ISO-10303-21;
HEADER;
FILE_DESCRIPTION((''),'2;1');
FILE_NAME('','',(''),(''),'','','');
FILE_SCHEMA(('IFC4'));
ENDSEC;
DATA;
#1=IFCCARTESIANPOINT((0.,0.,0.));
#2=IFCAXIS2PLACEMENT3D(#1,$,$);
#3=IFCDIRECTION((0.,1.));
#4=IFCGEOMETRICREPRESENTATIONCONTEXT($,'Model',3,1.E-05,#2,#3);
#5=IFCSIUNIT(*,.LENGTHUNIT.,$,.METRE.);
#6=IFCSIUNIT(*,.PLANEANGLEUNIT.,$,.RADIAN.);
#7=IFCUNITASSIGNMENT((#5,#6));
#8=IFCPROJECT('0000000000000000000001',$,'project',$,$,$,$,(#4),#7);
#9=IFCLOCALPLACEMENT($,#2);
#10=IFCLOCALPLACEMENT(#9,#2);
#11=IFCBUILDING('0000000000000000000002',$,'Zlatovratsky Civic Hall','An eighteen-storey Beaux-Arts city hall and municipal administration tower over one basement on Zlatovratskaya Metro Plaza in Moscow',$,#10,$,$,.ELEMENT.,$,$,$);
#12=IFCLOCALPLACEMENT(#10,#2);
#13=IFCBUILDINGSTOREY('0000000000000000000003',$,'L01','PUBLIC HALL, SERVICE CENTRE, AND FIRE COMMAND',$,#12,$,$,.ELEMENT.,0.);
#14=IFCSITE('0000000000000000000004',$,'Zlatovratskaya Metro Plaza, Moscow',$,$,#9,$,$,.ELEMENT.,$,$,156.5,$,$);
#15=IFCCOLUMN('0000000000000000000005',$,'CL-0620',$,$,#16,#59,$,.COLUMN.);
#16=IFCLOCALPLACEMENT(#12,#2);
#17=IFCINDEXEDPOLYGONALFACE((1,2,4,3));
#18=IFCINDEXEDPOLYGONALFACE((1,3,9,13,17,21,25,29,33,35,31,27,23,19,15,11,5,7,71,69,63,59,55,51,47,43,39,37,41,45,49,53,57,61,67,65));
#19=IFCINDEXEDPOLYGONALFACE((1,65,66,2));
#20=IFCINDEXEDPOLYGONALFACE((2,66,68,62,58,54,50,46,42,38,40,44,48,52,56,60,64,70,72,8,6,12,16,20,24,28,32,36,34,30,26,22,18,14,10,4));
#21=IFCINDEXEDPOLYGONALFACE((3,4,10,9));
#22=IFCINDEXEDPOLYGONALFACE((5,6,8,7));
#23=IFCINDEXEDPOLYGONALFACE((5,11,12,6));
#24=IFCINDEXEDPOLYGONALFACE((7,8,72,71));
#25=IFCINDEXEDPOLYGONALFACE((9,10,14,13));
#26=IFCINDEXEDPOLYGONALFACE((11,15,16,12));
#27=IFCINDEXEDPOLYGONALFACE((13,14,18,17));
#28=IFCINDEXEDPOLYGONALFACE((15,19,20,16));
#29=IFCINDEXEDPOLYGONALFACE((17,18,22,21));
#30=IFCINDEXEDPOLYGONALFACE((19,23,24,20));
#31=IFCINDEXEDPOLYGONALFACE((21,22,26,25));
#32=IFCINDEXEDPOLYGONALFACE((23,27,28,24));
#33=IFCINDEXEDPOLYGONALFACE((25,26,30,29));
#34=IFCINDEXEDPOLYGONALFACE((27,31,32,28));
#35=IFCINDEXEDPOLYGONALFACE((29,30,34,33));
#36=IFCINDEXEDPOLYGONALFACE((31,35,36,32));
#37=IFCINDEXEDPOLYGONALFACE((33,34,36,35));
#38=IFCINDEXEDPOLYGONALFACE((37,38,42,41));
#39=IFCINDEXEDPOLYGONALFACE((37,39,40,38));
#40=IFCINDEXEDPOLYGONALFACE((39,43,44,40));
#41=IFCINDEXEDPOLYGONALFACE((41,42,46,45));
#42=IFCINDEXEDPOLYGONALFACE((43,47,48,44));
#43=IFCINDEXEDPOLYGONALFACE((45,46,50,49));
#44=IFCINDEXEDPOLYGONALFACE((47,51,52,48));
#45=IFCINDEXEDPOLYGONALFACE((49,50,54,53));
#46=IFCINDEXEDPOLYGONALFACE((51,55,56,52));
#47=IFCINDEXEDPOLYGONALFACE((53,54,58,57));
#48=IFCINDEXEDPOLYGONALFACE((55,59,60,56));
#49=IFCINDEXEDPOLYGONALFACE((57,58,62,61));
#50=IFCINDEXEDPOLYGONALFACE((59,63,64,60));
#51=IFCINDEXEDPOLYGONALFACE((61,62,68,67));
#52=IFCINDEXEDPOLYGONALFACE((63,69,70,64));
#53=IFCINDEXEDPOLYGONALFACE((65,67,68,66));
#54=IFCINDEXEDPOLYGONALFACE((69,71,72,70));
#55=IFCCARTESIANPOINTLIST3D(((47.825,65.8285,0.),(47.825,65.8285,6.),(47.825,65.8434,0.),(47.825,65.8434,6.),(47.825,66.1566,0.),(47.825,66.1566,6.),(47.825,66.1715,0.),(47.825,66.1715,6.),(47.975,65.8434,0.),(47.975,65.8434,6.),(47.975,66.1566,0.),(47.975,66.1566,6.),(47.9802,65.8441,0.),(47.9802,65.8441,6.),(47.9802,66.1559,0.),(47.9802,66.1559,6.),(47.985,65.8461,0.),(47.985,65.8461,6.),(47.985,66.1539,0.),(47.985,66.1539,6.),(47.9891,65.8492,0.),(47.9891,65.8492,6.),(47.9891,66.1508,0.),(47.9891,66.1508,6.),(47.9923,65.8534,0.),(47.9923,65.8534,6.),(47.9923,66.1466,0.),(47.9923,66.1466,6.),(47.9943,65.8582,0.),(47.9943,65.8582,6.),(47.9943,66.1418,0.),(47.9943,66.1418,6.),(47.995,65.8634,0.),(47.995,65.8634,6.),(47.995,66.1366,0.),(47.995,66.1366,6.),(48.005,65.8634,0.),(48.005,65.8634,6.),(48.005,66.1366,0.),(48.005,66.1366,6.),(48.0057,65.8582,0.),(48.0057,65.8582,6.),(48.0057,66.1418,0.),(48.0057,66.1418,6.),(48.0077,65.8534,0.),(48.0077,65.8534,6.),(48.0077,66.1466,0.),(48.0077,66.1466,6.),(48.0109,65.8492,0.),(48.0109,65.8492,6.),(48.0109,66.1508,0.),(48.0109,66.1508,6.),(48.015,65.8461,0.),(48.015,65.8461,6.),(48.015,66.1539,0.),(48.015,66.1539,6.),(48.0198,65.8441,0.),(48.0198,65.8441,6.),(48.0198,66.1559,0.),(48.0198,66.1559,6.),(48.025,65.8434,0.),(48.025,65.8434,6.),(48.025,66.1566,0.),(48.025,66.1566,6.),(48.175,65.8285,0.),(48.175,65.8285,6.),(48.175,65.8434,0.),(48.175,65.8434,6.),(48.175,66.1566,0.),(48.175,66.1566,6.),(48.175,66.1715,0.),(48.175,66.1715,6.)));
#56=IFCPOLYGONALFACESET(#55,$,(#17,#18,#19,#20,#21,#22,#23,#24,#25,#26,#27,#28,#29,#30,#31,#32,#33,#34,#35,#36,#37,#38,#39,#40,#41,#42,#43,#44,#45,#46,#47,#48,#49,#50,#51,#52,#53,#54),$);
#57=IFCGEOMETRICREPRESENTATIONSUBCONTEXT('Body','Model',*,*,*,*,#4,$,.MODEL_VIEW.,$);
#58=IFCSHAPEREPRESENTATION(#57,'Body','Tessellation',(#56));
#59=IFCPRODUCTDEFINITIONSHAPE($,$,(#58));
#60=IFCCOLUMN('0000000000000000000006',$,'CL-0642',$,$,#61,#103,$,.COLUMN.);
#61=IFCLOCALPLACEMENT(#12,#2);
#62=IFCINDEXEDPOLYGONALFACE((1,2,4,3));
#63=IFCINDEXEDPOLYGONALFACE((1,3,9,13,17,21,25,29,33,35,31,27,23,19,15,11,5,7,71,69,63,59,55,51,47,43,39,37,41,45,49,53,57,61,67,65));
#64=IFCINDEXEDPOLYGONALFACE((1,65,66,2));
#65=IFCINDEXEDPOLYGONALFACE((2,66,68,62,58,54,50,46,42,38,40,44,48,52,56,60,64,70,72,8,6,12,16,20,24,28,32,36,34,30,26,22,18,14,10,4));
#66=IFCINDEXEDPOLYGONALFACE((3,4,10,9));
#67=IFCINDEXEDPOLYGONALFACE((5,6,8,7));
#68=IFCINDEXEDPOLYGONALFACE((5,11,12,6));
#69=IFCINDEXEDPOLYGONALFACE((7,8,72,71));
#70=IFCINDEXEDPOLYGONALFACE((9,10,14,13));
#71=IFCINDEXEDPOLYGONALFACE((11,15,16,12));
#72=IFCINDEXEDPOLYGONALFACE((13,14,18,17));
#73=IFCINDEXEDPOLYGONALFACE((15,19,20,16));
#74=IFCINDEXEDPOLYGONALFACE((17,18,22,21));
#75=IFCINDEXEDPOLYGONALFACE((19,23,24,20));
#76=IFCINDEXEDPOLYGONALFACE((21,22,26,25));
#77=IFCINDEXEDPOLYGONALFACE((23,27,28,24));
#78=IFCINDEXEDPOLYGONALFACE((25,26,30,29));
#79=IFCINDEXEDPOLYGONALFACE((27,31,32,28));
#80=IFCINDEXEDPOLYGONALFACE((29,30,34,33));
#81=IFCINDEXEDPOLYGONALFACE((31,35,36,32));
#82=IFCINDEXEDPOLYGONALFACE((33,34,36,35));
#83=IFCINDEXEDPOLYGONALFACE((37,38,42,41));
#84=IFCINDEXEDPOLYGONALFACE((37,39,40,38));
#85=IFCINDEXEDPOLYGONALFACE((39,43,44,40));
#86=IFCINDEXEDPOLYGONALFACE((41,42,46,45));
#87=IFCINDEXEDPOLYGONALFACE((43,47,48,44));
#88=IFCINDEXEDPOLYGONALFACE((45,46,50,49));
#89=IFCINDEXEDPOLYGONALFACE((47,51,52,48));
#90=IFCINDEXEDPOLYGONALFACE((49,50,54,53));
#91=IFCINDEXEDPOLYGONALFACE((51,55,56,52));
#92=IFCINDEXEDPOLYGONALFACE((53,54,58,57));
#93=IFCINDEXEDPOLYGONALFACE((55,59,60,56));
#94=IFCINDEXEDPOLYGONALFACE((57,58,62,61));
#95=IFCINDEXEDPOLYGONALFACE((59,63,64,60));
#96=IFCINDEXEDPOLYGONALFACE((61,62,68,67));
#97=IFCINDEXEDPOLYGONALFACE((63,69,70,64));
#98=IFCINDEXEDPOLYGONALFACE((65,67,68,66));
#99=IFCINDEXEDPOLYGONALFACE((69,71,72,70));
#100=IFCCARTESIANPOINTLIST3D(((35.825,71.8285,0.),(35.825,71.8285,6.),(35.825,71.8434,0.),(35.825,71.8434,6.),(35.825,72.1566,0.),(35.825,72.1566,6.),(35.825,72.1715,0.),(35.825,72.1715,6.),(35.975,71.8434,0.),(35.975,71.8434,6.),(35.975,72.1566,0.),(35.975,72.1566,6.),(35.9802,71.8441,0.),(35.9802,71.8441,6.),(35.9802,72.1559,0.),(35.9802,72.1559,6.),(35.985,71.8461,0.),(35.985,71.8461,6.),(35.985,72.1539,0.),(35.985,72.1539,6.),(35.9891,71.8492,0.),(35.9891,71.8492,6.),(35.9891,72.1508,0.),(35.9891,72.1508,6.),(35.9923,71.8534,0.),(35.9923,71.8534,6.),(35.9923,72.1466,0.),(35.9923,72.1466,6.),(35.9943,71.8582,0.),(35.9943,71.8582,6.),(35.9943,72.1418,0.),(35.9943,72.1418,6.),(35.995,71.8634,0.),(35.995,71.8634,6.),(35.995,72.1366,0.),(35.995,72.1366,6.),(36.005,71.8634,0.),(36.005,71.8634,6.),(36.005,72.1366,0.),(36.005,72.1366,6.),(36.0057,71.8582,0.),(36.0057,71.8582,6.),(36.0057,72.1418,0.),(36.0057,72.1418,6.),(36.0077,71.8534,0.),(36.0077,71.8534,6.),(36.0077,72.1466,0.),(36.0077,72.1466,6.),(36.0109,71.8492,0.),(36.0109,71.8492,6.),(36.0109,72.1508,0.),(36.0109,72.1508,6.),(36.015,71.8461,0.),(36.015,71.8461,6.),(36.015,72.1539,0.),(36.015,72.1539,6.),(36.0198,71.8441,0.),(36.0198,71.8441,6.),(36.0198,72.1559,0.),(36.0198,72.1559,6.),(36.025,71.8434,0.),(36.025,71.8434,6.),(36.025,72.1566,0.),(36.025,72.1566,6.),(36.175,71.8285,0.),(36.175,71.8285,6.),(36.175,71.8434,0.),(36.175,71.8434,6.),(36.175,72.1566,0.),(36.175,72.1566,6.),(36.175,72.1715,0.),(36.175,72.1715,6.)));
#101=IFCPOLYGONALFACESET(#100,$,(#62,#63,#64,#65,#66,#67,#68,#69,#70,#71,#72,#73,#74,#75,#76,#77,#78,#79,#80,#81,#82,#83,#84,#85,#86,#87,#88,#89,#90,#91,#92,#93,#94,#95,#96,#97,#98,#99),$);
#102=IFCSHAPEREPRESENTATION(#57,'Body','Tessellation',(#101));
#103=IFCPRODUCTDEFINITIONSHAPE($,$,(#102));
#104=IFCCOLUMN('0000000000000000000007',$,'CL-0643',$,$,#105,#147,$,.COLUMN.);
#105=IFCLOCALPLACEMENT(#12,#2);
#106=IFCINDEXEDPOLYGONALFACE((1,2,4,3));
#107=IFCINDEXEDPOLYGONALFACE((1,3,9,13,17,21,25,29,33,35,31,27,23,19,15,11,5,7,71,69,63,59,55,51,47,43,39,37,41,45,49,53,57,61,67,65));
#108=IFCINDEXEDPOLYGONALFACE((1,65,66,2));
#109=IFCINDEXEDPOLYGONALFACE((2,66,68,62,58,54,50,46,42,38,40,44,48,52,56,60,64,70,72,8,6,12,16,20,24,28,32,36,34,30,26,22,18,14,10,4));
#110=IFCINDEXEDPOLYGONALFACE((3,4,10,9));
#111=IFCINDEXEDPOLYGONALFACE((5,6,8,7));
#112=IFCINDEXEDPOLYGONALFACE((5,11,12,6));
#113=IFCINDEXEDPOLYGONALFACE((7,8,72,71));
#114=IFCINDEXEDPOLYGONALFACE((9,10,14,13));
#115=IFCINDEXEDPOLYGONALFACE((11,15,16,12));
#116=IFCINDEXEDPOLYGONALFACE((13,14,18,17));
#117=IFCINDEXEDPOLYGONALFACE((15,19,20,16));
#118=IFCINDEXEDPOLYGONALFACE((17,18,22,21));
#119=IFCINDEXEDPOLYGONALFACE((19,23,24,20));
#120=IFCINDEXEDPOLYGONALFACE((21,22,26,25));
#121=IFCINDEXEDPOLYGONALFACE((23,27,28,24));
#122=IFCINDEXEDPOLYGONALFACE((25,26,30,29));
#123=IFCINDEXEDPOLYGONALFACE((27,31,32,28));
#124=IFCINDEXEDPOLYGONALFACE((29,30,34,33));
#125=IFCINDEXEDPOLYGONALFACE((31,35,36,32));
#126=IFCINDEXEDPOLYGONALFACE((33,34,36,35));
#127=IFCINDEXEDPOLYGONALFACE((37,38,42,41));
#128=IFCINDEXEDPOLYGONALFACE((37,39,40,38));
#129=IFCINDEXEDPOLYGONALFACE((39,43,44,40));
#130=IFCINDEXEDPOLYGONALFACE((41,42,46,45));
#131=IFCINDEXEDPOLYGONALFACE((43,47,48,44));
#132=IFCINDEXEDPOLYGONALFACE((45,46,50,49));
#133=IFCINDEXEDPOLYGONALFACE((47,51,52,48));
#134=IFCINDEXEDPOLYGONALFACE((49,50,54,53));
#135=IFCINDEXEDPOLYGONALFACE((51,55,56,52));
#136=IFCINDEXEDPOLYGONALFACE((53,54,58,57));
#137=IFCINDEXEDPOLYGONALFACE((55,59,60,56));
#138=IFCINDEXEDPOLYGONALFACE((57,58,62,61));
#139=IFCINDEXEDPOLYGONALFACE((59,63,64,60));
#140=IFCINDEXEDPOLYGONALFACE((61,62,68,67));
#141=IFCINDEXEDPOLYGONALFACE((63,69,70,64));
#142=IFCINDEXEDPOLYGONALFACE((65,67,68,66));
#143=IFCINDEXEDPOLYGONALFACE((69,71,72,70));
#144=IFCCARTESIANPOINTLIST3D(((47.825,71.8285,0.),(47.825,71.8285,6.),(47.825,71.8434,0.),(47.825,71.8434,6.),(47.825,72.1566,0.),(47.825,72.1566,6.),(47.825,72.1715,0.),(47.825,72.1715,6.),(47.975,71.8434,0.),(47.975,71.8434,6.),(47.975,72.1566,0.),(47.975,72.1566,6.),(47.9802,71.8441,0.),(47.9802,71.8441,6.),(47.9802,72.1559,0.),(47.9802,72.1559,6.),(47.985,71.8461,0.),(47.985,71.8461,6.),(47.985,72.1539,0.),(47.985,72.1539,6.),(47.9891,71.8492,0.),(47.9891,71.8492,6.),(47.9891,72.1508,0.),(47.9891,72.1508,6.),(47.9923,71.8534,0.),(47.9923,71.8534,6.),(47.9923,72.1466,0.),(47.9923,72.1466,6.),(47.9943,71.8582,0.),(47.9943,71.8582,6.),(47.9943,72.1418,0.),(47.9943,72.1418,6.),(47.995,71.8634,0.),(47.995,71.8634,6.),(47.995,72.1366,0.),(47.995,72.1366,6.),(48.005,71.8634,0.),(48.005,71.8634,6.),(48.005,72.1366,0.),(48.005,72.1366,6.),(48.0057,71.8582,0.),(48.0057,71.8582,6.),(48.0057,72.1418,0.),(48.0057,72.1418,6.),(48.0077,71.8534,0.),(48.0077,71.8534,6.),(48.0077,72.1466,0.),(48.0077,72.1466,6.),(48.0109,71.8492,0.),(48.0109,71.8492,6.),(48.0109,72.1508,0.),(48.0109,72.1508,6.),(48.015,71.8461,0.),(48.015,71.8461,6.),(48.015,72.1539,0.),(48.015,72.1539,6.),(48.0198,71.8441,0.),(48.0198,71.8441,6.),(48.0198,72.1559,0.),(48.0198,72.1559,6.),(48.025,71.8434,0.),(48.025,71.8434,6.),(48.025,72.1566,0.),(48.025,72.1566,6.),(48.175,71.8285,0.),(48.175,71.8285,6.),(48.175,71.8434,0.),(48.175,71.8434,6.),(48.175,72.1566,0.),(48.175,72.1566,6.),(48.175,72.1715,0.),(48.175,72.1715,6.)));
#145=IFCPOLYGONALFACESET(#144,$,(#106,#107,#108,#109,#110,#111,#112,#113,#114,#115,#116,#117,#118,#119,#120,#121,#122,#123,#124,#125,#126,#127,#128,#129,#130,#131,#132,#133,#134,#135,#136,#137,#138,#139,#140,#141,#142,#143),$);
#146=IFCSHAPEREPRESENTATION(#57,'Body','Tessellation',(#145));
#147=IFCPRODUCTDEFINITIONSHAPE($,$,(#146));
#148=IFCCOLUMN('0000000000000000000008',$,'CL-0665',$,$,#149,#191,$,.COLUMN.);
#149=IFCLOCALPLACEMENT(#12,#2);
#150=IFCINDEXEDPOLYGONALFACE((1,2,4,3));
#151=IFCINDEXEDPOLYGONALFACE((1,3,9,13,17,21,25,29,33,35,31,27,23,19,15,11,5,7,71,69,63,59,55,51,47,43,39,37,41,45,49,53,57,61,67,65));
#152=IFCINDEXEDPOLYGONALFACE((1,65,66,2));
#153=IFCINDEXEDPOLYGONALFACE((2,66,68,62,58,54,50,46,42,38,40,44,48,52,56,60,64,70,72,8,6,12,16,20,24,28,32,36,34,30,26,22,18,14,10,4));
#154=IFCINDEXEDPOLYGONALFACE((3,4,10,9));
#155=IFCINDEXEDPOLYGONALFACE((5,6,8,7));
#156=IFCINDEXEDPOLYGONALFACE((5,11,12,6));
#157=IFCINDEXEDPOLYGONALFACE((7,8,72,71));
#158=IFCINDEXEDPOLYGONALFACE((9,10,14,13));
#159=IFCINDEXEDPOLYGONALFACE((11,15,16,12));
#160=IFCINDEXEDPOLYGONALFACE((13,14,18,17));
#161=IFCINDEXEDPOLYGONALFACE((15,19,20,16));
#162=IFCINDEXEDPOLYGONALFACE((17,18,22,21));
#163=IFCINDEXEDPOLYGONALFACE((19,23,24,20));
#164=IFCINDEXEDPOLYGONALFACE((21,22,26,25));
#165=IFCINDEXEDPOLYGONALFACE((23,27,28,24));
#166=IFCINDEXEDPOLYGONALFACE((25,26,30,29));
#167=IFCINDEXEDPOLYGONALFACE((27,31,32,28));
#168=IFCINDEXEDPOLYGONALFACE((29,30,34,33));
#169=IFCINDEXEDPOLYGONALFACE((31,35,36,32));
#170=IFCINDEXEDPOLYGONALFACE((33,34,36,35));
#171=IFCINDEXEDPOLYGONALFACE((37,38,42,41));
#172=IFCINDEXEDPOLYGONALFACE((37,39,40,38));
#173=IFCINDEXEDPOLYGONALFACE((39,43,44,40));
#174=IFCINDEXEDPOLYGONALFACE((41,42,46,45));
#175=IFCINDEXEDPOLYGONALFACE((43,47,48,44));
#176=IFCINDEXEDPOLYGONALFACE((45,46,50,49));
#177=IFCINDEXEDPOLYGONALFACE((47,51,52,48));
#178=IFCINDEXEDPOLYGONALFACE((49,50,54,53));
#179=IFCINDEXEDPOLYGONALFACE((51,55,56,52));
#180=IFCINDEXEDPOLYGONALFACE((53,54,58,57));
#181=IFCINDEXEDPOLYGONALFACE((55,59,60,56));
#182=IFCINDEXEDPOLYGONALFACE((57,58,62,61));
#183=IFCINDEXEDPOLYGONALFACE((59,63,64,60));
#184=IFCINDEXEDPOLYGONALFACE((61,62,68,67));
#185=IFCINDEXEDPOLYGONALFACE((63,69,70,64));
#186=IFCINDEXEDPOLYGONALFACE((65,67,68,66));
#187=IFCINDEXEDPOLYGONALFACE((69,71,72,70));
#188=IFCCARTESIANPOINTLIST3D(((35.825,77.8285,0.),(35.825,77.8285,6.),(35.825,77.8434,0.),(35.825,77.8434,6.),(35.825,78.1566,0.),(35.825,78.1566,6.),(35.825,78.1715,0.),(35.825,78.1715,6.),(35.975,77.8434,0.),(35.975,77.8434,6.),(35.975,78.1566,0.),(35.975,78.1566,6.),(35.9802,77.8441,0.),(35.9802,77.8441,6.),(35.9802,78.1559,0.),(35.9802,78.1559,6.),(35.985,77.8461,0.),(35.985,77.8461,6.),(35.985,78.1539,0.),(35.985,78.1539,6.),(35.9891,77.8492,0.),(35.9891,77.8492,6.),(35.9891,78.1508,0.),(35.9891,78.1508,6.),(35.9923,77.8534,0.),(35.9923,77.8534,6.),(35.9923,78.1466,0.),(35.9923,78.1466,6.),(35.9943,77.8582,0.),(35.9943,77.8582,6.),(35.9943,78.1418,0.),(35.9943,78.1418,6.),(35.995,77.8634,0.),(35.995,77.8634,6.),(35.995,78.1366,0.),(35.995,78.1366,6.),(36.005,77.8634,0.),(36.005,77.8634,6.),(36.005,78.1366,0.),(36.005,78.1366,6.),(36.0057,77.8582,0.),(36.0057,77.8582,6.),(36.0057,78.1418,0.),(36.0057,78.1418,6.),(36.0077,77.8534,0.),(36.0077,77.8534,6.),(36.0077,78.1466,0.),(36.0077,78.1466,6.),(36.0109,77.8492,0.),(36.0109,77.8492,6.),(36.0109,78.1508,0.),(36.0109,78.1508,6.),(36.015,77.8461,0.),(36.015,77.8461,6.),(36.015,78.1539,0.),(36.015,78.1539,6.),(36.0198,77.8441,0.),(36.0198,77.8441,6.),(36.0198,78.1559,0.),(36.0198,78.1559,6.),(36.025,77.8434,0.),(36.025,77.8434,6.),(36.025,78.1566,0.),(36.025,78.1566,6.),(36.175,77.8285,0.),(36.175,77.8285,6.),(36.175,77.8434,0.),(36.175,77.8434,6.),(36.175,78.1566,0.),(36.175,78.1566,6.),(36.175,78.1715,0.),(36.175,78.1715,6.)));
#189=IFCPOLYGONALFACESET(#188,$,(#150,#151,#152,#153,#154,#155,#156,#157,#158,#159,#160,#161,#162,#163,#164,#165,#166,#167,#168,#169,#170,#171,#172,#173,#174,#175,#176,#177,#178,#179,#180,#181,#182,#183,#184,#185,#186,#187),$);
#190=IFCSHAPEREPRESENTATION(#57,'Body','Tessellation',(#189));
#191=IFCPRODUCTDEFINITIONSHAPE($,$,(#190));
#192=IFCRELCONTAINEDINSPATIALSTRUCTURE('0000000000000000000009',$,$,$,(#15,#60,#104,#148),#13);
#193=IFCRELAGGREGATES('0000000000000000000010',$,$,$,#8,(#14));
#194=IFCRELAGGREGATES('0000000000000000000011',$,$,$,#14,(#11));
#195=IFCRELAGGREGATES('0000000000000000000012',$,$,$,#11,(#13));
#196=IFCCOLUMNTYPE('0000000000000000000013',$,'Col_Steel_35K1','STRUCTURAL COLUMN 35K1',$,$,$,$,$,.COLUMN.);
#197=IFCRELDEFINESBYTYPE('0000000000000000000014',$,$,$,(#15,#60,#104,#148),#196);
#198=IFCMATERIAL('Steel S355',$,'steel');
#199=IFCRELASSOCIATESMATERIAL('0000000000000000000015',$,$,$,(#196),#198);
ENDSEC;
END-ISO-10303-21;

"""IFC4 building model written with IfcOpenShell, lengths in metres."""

from ifc_helpers import new_model, si_unit, direction, frame, origin, origin_2d, place, context, subcontext, project, spatial, i_section, extrude, material, material_profile, profile_set, type_object, element, save


model = new_model("IFC4")

# Units and contexts
model_context = context("Model", 3, precision=1e-05, world=origin(), true_north=direction((0.0, 1.0)))
body_context = subcontext(model_context, "Body", "Model", "MODEL_VIEW")
ifc_project = project(units=[si_unit("LENGTHUNIT", "METRE"), si_unit("PLANEANGLEUNIT", "RADIAN")], contexts=[model_context])

# Site, building, storey
site_placement = place(None, origin())
site = spatial("IfcSite", under=ifc_project, at=site_placement, Name="Zlatovratskaya Metro Plaza, Moscow", CompositionType="ELEMENT", RefElevation=156.5)
building_placement = place(site_placement, origin())
building = spatial("IfcBuilding", under=site, at=building_placement, Name="Zlatovratsky Civic Hall", Description="An eighteen-storey Beaux-Arts city hall and municipal administration tower over one basement on Zlatovratskaya Metro Plaza in Moscow", CompositionType="ELEMENT")
storey_placement = place(building_placement, origin())
storey = spatial("IfcBuildingStorey", under=building, at=storey_placement, Name="L01", Description="PUBLIC HALL, SERVICE CENTRE, AND FIRE COMMAND", CompositionType="ELEMENT", Elevation=0.0)

# Columns
ifc_material_1 = material(Name="Steel S355", Category="steel")
ifc_material_profile_1 = material_profile(ifc_material_1, i_section(OverallWidth=0.3501, OverallDepth=0.343, WebThickness=0.01, FlangeThickness=0.0149, FilletRadius=0.02, at=origin_2d()), Name="35K1")
ifc_profile_set_1 = profile_set([ifc_material_profile_1], Name="Steel S355")
column_type = type_object("IfcColumnType", Name="Col_Steel_35K1", Description="STRUCTURAL COLUMN 35K1", PredefinedType="COLUMN", material=ifc_profile_set_1)
for number, where, z_axis, x_axis, name in (
    (1, (48.0, 66.0, 0.0), (0.0, 0.0, 1.0), (1.0, 0.0, 0.0), "CL-0620"),
    (2, (36.0, 72.0, 0.0), (0.0, 0.0, 1.0), (1.0, 0.0, 0.0), "CL-0642"),
    (3, (48.0, 72.0, 0.0), (0.0, 0.0, 1.0), (1.0, 0.0, 0.0), "CL-0643"),
    (4, (36.0, 78.0, 0.0), (0.0, 0.0, 1.0), (1.0, 0.0, 0.0), "CL-0665"),
):
    element("IfcColumn", number, at=place(storey_placement, frame(where, z_axis=z_axis, x_axis=x_axis)), inside=storey, type_object=column_type, Name=name, PredefinedType="COLUMN", context=body_context, shape_type="SweptSolid", body=[
        extrude(i_section(OverallWidth=0.3501, OverallDepth=0.343, WebThickness=0.01, FlangeThickness=0.0149, FilletRadius=0.02, at=origin_2d()), origin(), (0.0, 0.0, 1.0), 6.0),
    ])

save(model, "model.ifc")
